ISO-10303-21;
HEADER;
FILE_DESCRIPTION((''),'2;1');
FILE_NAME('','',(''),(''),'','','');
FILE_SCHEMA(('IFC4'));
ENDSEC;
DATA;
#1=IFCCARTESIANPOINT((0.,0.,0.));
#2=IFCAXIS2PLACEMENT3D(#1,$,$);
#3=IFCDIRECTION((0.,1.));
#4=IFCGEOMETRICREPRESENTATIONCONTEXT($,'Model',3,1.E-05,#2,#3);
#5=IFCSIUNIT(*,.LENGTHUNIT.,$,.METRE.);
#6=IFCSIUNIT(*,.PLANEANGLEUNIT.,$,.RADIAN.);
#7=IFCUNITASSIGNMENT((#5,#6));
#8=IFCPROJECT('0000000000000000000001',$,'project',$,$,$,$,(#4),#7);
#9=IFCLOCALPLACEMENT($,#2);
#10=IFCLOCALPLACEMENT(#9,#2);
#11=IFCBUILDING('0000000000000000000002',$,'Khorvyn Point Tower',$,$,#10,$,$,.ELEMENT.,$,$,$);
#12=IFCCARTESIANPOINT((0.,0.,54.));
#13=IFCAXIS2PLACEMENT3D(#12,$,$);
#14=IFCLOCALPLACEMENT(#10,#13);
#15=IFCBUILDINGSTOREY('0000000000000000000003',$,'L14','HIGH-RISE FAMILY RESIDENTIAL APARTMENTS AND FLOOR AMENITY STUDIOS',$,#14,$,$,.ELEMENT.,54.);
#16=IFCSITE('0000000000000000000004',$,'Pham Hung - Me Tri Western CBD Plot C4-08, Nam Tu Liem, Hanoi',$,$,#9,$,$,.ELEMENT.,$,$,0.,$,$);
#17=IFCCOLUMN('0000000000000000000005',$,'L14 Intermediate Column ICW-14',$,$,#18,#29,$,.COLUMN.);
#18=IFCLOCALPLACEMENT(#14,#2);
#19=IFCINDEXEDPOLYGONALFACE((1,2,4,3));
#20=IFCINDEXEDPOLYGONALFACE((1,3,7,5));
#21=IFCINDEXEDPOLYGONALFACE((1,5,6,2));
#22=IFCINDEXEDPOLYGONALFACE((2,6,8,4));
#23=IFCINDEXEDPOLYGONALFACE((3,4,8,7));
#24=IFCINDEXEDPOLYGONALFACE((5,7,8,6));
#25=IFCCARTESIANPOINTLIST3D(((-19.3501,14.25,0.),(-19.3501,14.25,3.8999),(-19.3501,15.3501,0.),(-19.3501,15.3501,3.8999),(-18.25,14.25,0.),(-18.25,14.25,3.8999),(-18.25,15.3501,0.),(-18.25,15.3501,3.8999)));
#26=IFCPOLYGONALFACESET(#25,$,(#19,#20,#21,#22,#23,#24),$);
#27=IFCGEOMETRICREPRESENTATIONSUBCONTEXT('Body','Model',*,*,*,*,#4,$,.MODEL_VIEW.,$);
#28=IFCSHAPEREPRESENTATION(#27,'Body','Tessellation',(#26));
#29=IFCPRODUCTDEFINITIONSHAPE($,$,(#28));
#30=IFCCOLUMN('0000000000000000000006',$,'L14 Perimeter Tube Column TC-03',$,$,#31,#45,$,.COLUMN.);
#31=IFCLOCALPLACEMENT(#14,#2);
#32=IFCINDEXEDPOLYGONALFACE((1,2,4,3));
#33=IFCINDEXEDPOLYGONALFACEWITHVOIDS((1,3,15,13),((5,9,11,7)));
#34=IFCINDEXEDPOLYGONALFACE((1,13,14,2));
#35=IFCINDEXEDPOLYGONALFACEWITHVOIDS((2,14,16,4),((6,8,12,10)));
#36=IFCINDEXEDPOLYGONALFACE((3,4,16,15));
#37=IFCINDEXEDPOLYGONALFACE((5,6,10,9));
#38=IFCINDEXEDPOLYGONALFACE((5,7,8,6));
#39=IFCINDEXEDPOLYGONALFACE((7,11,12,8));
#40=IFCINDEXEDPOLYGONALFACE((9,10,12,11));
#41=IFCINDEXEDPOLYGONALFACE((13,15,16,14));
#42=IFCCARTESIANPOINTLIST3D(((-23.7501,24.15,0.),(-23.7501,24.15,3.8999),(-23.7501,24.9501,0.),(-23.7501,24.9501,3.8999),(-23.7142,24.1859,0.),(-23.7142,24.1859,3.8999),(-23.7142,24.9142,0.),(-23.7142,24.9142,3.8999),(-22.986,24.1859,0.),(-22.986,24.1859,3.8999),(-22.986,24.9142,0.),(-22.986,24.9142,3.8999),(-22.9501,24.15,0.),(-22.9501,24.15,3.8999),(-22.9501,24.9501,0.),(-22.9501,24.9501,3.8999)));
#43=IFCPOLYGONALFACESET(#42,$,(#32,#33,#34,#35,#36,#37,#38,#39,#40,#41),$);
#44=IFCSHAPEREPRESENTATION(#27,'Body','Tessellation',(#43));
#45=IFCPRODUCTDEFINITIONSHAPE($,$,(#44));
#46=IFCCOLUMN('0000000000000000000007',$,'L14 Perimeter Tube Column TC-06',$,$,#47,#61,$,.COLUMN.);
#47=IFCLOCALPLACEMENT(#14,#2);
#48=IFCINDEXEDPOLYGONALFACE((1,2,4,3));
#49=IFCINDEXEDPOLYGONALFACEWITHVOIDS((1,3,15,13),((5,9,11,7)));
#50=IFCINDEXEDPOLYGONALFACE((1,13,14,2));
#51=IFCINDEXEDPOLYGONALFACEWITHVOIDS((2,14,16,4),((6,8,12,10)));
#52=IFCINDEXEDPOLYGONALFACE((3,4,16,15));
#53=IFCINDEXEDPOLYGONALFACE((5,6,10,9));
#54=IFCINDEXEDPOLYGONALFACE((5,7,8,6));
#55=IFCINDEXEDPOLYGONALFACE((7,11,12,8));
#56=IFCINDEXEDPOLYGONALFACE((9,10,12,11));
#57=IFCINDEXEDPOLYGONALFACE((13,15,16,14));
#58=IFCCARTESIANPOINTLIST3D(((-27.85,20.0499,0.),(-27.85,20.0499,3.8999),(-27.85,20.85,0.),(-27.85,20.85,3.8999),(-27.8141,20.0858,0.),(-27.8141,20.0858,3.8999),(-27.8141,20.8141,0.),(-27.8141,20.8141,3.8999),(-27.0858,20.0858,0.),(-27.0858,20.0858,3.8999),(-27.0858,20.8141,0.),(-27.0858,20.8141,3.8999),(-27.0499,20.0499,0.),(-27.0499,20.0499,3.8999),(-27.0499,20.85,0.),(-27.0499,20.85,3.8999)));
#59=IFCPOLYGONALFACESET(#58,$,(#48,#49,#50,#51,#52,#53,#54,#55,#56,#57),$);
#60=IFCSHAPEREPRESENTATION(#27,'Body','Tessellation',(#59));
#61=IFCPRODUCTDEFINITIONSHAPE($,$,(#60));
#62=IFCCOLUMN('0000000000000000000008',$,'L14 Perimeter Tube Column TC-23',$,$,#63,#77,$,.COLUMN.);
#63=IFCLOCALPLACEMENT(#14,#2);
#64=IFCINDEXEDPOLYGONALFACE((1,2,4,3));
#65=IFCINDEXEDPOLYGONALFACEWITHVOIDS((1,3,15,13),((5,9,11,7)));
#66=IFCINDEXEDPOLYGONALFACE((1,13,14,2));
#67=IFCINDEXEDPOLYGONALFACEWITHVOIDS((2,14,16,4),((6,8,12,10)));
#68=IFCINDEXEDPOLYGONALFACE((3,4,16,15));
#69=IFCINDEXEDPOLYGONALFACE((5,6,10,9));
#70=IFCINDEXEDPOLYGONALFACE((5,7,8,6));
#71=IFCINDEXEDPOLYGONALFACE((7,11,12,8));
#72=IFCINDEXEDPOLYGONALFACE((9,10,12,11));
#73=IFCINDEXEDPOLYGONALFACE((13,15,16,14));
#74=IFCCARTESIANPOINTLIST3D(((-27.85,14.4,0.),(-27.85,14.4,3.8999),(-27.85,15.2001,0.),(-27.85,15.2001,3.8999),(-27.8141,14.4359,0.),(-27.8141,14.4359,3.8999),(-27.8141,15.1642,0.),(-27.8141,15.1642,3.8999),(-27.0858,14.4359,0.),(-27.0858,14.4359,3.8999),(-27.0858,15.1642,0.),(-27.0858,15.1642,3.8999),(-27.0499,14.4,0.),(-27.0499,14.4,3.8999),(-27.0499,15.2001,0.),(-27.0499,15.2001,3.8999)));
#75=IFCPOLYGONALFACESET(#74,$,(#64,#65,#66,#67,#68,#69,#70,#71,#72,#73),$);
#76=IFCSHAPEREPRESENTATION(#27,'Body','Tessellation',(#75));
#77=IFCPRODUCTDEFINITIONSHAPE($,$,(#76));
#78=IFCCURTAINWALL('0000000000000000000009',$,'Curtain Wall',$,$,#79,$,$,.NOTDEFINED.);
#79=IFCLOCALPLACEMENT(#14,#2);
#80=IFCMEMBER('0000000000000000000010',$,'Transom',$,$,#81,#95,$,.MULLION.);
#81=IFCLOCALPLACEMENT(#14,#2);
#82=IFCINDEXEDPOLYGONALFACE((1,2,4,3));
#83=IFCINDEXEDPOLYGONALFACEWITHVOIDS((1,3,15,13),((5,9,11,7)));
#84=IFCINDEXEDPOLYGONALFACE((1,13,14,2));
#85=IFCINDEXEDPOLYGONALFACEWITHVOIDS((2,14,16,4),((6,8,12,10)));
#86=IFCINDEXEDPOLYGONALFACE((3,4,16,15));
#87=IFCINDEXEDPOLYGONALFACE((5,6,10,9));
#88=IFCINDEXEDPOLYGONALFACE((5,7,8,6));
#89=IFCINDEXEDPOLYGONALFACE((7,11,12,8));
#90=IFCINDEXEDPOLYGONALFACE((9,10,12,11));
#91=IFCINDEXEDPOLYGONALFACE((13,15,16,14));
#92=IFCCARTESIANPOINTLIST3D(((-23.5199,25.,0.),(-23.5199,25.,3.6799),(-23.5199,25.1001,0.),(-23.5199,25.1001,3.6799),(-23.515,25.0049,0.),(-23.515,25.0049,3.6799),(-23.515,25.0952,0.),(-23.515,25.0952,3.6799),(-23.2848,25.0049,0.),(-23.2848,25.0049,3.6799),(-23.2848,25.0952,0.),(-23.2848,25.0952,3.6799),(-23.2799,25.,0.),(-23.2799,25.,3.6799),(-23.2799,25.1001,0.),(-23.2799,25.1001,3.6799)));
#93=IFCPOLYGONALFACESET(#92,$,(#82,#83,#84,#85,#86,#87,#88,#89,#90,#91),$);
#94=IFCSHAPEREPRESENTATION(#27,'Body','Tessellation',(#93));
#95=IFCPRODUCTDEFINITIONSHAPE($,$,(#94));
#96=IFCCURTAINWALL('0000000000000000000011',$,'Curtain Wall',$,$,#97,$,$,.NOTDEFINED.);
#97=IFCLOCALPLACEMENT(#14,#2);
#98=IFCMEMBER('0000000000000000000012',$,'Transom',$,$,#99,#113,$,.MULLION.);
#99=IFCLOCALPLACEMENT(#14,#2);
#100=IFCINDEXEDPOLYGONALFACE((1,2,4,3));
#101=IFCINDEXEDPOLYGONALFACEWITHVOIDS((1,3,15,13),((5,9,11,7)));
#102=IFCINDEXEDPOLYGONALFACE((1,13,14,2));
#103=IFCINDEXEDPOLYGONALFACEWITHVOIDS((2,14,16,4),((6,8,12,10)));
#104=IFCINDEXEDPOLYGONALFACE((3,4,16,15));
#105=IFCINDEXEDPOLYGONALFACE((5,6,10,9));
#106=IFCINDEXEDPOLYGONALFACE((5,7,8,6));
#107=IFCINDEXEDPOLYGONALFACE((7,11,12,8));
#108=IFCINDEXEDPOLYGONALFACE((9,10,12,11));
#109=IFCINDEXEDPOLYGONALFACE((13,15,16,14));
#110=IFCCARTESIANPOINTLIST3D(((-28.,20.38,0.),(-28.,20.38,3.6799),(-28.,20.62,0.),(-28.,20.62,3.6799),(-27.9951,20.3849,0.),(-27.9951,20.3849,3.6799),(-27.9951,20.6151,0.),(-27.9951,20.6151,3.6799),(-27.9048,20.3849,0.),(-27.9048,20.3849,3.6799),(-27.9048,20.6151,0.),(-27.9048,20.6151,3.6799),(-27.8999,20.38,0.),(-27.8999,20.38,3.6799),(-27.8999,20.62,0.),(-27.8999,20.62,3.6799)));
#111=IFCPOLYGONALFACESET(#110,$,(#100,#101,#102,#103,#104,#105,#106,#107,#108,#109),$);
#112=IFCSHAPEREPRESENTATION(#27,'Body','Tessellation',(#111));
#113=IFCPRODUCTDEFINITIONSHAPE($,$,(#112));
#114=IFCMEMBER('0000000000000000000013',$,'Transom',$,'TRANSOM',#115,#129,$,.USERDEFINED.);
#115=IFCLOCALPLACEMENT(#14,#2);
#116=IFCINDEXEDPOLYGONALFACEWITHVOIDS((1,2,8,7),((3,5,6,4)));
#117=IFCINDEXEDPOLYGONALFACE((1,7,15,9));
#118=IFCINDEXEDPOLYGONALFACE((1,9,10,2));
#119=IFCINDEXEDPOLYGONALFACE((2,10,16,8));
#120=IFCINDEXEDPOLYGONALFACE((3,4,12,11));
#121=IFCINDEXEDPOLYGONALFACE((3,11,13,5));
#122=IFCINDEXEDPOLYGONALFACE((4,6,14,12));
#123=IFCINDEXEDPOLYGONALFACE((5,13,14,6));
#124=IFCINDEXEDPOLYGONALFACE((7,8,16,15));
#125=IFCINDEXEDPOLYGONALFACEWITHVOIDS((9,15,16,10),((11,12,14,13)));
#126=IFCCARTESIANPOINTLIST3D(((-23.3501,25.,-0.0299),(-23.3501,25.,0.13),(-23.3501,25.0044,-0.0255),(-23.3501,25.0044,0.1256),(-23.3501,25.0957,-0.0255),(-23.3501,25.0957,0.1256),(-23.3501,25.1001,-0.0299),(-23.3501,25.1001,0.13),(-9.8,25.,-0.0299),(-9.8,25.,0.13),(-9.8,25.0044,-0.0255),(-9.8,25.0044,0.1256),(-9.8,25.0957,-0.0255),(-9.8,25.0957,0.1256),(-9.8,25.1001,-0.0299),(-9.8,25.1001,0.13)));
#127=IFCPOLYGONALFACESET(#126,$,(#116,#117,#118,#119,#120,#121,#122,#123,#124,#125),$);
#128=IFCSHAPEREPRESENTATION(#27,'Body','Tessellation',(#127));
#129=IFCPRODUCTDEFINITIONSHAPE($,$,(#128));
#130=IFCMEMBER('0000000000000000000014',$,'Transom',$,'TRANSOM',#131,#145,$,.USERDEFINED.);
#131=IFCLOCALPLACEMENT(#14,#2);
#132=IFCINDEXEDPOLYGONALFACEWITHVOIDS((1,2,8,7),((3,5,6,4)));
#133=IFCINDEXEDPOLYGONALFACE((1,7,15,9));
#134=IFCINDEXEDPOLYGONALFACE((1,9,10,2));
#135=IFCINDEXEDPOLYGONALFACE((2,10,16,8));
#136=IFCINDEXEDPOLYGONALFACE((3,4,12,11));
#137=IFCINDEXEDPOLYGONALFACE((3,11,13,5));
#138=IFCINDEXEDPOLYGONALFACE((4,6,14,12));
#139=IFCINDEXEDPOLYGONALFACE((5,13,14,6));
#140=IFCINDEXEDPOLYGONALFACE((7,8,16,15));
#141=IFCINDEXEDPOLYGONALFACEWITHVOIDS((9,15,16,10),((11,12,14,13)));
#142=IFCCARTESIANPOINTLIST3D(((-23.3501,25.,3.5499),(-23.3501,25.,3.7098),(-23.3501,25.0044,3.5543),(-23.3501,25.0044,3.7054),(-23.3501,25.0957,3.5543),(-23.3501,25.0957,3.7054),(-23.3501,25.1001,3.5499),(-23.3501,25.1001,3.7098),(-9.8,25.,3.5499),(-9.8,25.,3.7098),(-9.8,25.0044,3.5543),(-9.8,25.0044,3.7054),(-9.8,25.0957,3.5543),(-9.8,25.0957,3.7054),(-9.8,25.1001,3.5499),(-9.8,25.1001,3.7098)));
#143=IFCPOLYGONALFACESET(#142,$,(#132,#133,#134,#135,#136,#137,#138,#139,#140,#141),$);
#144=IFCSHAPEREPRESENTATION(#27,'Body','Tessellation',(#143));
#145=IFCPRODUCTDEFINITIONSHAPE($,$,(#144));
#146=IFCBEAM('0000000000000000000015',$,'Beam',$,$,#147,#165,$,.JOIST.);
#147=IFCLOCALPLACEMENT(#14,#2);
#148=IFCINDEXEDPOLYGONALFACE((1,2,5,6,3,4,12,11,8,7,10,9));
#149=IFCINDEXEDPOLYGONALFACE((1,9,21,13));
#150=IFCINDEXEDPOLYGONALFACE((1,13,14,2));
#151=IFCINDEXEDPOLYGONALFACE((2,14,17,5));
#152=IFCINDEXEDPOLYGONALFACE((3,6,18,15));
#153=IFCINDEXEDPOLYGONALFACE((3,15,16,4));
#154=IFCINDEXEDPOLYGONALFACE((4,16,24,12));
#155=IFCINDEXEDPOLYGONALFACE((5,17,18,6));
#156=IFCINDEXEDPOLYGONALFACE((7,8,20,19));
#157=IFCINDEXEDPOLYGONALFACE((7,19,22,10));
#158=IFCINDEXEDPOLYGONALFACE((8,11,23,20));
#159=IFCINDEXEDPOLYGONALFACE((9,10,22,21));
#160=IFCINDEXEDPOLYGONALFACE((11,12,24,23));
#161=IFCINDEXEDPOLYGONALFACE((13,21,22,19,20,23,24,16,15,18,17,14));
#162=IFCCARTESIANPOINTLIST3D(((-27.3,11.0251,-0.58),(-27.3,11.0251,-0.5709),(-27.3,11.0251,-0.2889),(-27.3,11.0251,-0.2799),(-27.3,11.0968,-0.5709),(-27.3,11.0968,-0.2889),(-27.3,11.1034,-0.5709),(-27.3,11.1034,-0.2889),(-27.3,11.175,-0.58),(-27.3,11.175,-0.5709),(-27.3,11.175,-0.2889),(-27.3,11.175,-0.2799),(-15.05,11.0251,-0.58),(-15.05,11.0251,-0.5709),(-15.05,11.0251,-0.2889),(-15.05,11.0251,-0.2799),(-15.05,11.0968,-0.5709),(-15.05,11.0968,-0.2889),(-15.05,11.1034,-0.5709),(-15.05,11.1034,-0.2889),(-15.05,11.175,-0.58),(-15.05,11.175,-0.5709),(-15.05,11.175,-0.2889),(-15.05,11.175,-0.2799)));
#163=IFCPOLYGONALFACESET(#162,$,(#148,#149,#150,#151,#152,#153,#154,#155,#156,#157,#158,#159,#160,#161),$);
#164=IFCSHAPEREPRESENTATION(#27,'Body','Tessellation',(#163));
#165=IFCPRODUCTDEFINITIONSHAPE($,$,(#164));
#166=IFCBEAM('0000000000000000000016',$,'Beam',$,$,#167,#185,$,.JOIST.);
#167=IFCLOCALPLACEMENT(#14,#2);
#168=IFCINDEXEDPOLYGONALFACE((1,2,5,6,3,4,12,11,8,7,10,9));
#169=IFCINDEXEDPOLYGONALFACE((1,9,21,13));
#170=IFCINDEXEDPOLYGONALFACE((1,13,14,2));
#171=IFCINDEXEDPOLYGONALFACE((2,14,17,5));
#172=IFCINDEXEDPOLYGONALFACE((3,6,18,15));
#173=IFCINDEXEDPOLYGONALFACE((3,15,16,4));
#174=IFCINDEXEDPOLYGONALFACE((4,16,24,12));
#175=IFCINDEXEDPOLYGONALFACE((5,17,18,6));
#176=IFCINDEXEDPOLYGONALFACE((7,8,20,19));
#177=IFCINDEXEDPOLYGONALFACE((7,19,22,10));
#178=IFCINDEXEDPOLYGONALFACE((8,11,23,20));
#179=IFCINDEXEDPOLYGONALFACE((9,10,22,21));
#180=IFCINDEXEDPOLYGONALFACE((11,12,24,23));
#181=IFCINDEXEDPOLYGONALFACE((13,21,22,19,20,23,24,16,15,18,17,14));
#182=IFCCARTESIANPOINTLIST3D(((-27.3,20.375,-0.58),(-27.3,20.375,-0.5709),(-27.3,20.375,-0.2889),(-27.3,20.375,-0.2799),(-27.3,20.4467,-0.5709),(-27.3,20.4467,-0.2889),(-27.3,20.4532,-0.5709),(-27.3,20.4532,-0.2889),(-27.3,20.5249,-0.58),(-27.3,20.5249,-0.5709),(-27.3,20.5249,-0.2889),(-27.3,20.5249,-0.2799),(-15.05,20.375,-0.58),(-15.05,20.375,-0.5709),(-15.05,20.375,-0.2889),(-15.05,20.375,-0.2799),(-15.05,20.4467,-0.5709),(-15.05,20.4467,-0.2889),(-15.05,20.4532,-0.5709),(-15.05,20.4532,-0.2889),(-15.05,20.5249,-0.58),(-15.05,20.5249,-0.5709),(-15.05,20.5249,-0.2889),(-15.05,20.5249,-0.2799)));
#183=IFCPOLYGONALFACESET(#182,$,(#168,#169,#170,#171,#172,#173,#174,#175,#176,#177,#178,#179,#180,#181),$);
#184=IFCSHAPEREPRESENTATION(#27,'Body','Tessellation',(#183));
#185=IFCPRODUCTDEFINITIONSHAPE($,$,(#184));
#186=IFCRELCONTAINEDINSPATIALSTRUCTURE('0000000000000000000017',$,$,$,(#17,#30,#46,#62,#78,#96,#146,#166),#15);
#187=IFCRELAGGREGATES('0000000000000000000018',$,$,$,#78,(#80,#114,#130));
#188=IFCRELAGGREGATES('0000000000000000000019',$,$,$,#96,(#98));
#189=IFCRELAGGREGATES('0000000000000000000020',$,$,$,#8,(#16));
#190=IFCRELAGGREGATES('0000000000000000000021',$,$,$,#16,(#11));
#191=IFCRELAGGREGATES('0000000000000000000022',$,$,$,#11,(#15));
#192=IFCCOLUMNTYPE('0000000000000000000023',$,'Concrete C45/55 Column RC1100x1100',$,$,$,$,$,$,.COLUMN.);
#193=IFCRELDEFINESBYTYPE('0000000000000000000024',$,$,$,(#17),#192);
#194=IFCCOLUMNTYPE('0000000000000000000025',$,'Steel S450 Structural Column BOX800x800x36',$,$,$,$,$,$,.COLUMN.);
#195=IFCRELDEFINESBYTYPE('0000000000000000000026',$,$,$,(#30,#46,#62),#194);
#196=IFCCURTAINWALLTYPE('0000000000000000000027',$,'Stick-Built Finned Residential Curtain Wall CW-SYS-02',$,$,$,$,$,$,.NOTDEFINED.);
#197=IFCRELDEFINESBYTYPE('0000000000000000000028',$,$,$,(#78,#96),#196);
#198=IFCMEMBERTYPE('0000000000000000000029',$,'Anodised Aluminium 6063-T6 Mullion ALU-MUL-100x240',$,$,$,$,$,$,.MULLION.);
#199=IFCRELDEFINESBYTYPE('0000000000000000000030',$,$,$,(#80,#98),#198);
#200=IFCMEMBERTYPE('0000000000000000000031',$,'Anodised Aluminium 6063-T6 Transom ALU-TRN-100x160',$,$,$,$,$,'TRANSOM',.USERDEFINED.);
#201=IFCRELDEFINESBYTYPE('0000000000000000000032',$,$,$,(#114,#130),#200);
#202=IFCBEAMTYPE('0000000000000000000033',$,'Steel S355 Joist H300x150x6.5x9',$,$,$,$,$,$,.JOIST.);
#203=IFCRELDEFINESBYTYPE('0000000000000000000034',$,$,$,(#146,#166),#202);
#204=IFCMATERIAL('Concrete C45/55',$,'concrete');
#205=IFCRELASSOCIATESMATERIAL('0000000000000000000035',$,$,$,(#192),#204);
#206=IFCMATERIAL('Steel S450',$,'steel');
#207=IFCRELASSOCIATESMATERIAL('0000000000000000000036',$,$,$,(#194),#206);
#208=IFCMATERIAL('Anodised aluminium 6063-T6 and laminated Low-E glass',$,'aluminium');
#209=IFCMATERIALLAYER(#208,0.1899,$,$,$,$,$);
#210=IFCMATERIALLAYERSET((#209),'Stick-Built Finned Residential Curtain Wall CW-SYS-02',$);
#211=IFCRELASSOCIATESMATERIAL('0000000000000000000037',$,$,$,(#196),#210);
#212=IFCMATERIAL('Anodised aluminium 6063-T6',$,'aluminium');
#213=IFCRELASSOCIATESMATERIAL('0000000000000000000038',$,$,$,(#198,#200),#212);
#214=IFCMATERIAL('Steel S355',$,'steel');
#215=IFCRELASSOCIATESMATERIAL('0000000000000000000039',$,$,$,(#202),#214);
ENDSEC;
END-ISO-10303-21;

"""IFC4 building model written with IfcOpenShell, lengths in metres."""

from ifc_helpers import new_model, si_unit, direction, frame, origin, origin_2d, place, context, subcontext, project, spatial, rectangle, hollow_rectangle, i_section, extrude, material, layer, layer_set, material_profile, profile_set, type_object, element, aggregate, save


model = new_model("IFC4")

# Units and contexts
model_context = context("Model", 3, precision=1e-05, world=origin(), true_north=direction((0.0, 1.0)))
body_context = subcontext(model_context, "Body", "Model", "MODEL_VIEW")
ifc_project = project(units=[si_unit("LENGTHUNIT", "METRE"), si_unit("PLANEANGLEUNIT", "RADIAN")], contexts=[model_context])

# Site, building, storey
site_placement = place(None, origin())
site = spatial("IfcSite", under=ifc_project, at=site_placement, Name="Pham Hung - Me Tri Western CBD Plot C4-08, Nam Tu Liem, Hanoi", CompositionType="ELEMENT", RefElevation=0.0)
building_placement = place(site_placement, origin())
building = spatial("IfcBuilding", under=site, at=building_placement, Name="Khorvyn Point Tower", CompositionType="ELEMENT")
storey_placement = place(building_placement, frame((0.0, 0.0, 54.0)))
storey = spatial("IfcBuildingStorey", under=building, at=storey_placement, Name="L14", Description="HIGH-RISE FAMILY RESIDENTIAL APARTMENTS AND FLOOR AMENITY STUDIOS", CompositionType="ELEMENT", Elevation=54.0)

# Columns
ifc_material_1 = material(Name="Concrete C45/55", Category="concrete")
ifc_material_profile_1 = material_profile(ifc_material_1, rectangle(XDim=1.1001, YDim=1.1001, at=origin_2d()))
ifc_profile_set_1 = profile_set([ifc_material_profile_1], Name="Concrete C45/55 RC1100x1100")
column_type_1 = type_object("IfcColumnType", Name="Concrete C45/55 Column RC1100x1100", PredefinedType="COLUMN", material=ifc_profile_set_1)
column_placement = place(storey_placement, frame((-18.8, 14.8, 0.0), z_axis=(0.0, 0.0, 1.0), x_axis=(1.0, 0.0, 0.0)))
element("IfcColumn", 1, at=column_placement, inside=storey, type_object=column_type_1, Name="L14 Intermediate Column ICW-14", PredefinedType="COLUMN", context=body_context, shape_type="SweptSolid", body=[
    extrude(rectangle(XDim=1.1001, YDim=1.1001, at=origin_2d()), origin(), (0.0, 0.0, 1.0), 3.8999),
])
ifc_material_2 = material(Name="Steel S450", Category="steel")
ifc_material_profile_2 = material_profile(ifc_material_2, hollow_rectangle(XDim=0.8, YDim=0.8, WallThickness=0.0359, at=origin_2d()))
ifc_profile_set_2 = profile_set([ifc_material_profile_2], Name="Steel S450 BOX800x800x36")
column_type_2 = type_object("IfcColumnType", Name="Steel S450 Structural Column BOX800x800x36", PredefinedType="COLUMN", material=ifc_profile_set_2)
for number, where, z_axis, x_axis, name in (
    (2, (-23.3501, 24.55, 0.0), (0.0, 0.0, 1.0), (1.0, 0.0, 0.0), "L14 Perimeter Tube Column TC-03"),
    (3, (-27.45, 20.45, 0.0), (0.0, 0.0, 1.0), (1.0, 0.0, 0.0), "L14 Perimeter Tube Column TC-06"),
    (4, (-27.45, 14.8, 0.0), (0.0, 0.0, 1.0), (1.0, 0.0, 0.0), "L14 Perimeter Tube Column TC-23"),
):
    element("IfcColumn", number, at=place(storey_placement, frame(where, z_axis=z_axis, x_axis=x_axis)), inside=storey, type_object=column_type_2, Name=name, PredefinedType="COLUMN", context=body_context, shape_type="SweptSolid", body=[
        extrude(hollow_rectangle(XDim=0.8, YDim=0.8, WallThickness=0.0359, at=origin_2d()), origin(), (0.0, 0.0, 1.0), 3.8999),
    ])

# Curtain walls, members
ifc_material_3 = material(Name="Anodised aluminium 6063-T6 and laminated Low-E glass", Category="aluminium")
ifc_layer_1 = layer(ifc_material_3, 0.1899)
ifc_layer_set_1 = layer_set([ifc_layer_1], Name="Stick-Built Finned Residential Curtain Wall CW-SYS-02")
curtain_wall_type = type_object("IfcCurtainWallType", Name="Stick-Built Finned Residential Curtain Wall CW-SYS-02", PredefinedType="NOTDEFINED", material=ifc_layer_set_1)
curtain_wall_1_placement = place(storey_placement, origin())
curtain_wall_1 = element("IfcCurtainWall", 5, at=curtain_wall_1_placement, inside=storey, type_object=curtain_wall_type, Name="Curtain Wall", PredefinedType="NOTDEFINED")
ifc_material_4 = material(Name="Anodised aluminium 6063-T6", Category="aluminium")
ifc_material_profile_3 = material_profile(ifc_material_4, hollow_rectangle(XDim=0.1001, YDim=0.24, WallThickness=0.0049, at=origin_2d()))
ifc_profile_set_3 = profile_set([ifc_material_profile_3], Name="Anodised aluminium 6063-T6 ALU-MUL-100x240")
member_type_1 = type_object("IfcMemberType", Name="Anodised Aluminium 6063-T6 Mullion ALU-MUL-100x240", PredefinedType="MULLION", material=ifc_profile_set_3)
member_1_placement = place(storey_placement, frame((-23.3999, 25.05, 0.0), z_axis=(0.0, 0.0, 1.0), x_axis=(0.0, 1.0, 0.0)))
member_1 = element("IfcMember", 6, at=member_1_placement, type_object=member_type_1, Name="Transom", PredefinedType="MULLION", context=body_context, shape_type="SweptSolid", body=[
    extrude(hollow_rectangle(XDim=0.1001, YDim=0.24, WallThickness=0.0049, at=origin_2d()), origin(), (0.0, 0.0, 1.0), 3.6799),
])
curtain_wall_2_placement = place(storey_placement, origin())
curtain_wall_2 = element("IfcCurtainWall", 7, at=curtain_wall_2_placement, inside=storey, type_object=curtain_wall_type, Name="Curtain Wall", PredefinedType="NOTDEFINED")
member_2_placement = place(storey_placement, frame((-27.95, 20.5, 0.0), z_axis=(0.0, 0.0, 1.0), x_axis=(-1.0, 0.0, 0.0)))
member_2 = element("IfcMember", 8, at=member_2_placement, type_object=member_type_1, Name="Transom", PredefinedType="MULLION", context=body_context, shape_type="SweptSolid", body=[
    extrude(hollow_rectangle(XDim=0.1001, YDim=0.24, WallThickness=0.0049, at=origin_2d()), origin(), (0.0, 0.0, 1.0), 3.6799),
])

# Members
ifc_material_profile_4 = material_profile(ifc_material_4, hollow_rectangle(XDim=0.1001, YDim=0.1599, WallThickness=0.0044, at=origin_2d()))
ifc_profile_set_4 = profile_set([ifc_material_profile_4], Name="Anodised aluminium 6063-T6 ALU-TRN-100x160")
member_type_2 = type_object("IfcMemberType", Name="Anodised Aluminium 6063-T6 Transom ALU-TRN-100x160", ElementType="TRANSOM", PredefinedType="USERDEFINED", material=ifc_profile_set_4)
member_3_placement = place(storey_placement, frame((-23.3501, 25.05, 0.05), z_axis=(1.0, 0.0, 0.0), x_axis=(0.0, 1.0, 0.0)))
member_3 = element("IfcMember", 9, at=member_3_placement, type_object=member_type_2, Name="Transom", ObjectType="TRANSOM", PredefinedType="USERDEFINED", context=body_context, shape_type="SweptSolid", body=[
    extrude(hollow_rectangle(XDim=0.1001, YDim=0.1599, WallThickness=0.0044, at=origin_2d()), origin(), (0.0, 0.0, 1.0), 13.55),
])
member_4_placement = place(storey_placement, frame((-23.3501, 25.05, 3.6299), z_axis=(1.0, 0.0, 0.0), x_axis=(0.0, 1.0, 0.0)))
member_4 = element("IfcMember", 10, at=member_4_placement, type_object=member_type_2, Name="Transom", ObjectType="TRANSOM", PredefinedType="USERDEFINED", context=body_context, shape_type="SweptSolid", body=[
    extrude(hollow_rectangle(XDim=0.1001, YDim=0.1599, WallThickness=0.0044, at=origin_2d()), origin(), (0.0, 0.0, 1.0), 13.55),
])

# Beams
ifc_material_5 = material(Name="Steel S355", Category="steel")
ifc_material_profile_5 = material_profile(ifc_material_5, i_section(OverallWidth=0.1499, OverallDepth=0.3, WebThickness=0.0066, FlangeThickness=0.009, at=origin_2d()))
ifc_profile_set_5 = profile_set([ifc_material_profile_5], Name="Steel S355 H300x150x6.5x9")
beam_type_1 = type_object("IfcBeamType", Name="Steel S355 Joist H300x150x6.5x9", PredefinedType="JOIST", material=ifc_profile_set_5)
for number, where, z_axis, x_axis, name in (
    (11, (-27.3, 11.1001, -0.4299), (1.0, 0.0, 0.0), (0.0, 1.0, 0.0), "Beam"),
    (12, (-27.3, 20.45, -0.4299), (1.0, 0.0, 0.0), (0.0, 1.0, 0.0), "Beam"),
):
    element("IfcBeam", number, at=place(storey_placement, frame(where, z_axis=z_axis, x_axis=x_axis)), inside=storey, type_object=beam_type_1, Name=name, PredefinedType="JOIST", context=body_context, shape_type="SweptSolid", body=[
        extrude(i_section(OverallWidth=0.1499, OverallDepth=0.3, WebThickness=0.0066, FlangeThickness=0.009, at=origin_2d()), origin(), (0.0, 0.0, 1.0), 12.25),
    ])

aggregate(curtain_wall_1, [member_1, member_3, member_4])
aggregate(curtain_wall_2, [member_2])

save(model, "model.ifc")
